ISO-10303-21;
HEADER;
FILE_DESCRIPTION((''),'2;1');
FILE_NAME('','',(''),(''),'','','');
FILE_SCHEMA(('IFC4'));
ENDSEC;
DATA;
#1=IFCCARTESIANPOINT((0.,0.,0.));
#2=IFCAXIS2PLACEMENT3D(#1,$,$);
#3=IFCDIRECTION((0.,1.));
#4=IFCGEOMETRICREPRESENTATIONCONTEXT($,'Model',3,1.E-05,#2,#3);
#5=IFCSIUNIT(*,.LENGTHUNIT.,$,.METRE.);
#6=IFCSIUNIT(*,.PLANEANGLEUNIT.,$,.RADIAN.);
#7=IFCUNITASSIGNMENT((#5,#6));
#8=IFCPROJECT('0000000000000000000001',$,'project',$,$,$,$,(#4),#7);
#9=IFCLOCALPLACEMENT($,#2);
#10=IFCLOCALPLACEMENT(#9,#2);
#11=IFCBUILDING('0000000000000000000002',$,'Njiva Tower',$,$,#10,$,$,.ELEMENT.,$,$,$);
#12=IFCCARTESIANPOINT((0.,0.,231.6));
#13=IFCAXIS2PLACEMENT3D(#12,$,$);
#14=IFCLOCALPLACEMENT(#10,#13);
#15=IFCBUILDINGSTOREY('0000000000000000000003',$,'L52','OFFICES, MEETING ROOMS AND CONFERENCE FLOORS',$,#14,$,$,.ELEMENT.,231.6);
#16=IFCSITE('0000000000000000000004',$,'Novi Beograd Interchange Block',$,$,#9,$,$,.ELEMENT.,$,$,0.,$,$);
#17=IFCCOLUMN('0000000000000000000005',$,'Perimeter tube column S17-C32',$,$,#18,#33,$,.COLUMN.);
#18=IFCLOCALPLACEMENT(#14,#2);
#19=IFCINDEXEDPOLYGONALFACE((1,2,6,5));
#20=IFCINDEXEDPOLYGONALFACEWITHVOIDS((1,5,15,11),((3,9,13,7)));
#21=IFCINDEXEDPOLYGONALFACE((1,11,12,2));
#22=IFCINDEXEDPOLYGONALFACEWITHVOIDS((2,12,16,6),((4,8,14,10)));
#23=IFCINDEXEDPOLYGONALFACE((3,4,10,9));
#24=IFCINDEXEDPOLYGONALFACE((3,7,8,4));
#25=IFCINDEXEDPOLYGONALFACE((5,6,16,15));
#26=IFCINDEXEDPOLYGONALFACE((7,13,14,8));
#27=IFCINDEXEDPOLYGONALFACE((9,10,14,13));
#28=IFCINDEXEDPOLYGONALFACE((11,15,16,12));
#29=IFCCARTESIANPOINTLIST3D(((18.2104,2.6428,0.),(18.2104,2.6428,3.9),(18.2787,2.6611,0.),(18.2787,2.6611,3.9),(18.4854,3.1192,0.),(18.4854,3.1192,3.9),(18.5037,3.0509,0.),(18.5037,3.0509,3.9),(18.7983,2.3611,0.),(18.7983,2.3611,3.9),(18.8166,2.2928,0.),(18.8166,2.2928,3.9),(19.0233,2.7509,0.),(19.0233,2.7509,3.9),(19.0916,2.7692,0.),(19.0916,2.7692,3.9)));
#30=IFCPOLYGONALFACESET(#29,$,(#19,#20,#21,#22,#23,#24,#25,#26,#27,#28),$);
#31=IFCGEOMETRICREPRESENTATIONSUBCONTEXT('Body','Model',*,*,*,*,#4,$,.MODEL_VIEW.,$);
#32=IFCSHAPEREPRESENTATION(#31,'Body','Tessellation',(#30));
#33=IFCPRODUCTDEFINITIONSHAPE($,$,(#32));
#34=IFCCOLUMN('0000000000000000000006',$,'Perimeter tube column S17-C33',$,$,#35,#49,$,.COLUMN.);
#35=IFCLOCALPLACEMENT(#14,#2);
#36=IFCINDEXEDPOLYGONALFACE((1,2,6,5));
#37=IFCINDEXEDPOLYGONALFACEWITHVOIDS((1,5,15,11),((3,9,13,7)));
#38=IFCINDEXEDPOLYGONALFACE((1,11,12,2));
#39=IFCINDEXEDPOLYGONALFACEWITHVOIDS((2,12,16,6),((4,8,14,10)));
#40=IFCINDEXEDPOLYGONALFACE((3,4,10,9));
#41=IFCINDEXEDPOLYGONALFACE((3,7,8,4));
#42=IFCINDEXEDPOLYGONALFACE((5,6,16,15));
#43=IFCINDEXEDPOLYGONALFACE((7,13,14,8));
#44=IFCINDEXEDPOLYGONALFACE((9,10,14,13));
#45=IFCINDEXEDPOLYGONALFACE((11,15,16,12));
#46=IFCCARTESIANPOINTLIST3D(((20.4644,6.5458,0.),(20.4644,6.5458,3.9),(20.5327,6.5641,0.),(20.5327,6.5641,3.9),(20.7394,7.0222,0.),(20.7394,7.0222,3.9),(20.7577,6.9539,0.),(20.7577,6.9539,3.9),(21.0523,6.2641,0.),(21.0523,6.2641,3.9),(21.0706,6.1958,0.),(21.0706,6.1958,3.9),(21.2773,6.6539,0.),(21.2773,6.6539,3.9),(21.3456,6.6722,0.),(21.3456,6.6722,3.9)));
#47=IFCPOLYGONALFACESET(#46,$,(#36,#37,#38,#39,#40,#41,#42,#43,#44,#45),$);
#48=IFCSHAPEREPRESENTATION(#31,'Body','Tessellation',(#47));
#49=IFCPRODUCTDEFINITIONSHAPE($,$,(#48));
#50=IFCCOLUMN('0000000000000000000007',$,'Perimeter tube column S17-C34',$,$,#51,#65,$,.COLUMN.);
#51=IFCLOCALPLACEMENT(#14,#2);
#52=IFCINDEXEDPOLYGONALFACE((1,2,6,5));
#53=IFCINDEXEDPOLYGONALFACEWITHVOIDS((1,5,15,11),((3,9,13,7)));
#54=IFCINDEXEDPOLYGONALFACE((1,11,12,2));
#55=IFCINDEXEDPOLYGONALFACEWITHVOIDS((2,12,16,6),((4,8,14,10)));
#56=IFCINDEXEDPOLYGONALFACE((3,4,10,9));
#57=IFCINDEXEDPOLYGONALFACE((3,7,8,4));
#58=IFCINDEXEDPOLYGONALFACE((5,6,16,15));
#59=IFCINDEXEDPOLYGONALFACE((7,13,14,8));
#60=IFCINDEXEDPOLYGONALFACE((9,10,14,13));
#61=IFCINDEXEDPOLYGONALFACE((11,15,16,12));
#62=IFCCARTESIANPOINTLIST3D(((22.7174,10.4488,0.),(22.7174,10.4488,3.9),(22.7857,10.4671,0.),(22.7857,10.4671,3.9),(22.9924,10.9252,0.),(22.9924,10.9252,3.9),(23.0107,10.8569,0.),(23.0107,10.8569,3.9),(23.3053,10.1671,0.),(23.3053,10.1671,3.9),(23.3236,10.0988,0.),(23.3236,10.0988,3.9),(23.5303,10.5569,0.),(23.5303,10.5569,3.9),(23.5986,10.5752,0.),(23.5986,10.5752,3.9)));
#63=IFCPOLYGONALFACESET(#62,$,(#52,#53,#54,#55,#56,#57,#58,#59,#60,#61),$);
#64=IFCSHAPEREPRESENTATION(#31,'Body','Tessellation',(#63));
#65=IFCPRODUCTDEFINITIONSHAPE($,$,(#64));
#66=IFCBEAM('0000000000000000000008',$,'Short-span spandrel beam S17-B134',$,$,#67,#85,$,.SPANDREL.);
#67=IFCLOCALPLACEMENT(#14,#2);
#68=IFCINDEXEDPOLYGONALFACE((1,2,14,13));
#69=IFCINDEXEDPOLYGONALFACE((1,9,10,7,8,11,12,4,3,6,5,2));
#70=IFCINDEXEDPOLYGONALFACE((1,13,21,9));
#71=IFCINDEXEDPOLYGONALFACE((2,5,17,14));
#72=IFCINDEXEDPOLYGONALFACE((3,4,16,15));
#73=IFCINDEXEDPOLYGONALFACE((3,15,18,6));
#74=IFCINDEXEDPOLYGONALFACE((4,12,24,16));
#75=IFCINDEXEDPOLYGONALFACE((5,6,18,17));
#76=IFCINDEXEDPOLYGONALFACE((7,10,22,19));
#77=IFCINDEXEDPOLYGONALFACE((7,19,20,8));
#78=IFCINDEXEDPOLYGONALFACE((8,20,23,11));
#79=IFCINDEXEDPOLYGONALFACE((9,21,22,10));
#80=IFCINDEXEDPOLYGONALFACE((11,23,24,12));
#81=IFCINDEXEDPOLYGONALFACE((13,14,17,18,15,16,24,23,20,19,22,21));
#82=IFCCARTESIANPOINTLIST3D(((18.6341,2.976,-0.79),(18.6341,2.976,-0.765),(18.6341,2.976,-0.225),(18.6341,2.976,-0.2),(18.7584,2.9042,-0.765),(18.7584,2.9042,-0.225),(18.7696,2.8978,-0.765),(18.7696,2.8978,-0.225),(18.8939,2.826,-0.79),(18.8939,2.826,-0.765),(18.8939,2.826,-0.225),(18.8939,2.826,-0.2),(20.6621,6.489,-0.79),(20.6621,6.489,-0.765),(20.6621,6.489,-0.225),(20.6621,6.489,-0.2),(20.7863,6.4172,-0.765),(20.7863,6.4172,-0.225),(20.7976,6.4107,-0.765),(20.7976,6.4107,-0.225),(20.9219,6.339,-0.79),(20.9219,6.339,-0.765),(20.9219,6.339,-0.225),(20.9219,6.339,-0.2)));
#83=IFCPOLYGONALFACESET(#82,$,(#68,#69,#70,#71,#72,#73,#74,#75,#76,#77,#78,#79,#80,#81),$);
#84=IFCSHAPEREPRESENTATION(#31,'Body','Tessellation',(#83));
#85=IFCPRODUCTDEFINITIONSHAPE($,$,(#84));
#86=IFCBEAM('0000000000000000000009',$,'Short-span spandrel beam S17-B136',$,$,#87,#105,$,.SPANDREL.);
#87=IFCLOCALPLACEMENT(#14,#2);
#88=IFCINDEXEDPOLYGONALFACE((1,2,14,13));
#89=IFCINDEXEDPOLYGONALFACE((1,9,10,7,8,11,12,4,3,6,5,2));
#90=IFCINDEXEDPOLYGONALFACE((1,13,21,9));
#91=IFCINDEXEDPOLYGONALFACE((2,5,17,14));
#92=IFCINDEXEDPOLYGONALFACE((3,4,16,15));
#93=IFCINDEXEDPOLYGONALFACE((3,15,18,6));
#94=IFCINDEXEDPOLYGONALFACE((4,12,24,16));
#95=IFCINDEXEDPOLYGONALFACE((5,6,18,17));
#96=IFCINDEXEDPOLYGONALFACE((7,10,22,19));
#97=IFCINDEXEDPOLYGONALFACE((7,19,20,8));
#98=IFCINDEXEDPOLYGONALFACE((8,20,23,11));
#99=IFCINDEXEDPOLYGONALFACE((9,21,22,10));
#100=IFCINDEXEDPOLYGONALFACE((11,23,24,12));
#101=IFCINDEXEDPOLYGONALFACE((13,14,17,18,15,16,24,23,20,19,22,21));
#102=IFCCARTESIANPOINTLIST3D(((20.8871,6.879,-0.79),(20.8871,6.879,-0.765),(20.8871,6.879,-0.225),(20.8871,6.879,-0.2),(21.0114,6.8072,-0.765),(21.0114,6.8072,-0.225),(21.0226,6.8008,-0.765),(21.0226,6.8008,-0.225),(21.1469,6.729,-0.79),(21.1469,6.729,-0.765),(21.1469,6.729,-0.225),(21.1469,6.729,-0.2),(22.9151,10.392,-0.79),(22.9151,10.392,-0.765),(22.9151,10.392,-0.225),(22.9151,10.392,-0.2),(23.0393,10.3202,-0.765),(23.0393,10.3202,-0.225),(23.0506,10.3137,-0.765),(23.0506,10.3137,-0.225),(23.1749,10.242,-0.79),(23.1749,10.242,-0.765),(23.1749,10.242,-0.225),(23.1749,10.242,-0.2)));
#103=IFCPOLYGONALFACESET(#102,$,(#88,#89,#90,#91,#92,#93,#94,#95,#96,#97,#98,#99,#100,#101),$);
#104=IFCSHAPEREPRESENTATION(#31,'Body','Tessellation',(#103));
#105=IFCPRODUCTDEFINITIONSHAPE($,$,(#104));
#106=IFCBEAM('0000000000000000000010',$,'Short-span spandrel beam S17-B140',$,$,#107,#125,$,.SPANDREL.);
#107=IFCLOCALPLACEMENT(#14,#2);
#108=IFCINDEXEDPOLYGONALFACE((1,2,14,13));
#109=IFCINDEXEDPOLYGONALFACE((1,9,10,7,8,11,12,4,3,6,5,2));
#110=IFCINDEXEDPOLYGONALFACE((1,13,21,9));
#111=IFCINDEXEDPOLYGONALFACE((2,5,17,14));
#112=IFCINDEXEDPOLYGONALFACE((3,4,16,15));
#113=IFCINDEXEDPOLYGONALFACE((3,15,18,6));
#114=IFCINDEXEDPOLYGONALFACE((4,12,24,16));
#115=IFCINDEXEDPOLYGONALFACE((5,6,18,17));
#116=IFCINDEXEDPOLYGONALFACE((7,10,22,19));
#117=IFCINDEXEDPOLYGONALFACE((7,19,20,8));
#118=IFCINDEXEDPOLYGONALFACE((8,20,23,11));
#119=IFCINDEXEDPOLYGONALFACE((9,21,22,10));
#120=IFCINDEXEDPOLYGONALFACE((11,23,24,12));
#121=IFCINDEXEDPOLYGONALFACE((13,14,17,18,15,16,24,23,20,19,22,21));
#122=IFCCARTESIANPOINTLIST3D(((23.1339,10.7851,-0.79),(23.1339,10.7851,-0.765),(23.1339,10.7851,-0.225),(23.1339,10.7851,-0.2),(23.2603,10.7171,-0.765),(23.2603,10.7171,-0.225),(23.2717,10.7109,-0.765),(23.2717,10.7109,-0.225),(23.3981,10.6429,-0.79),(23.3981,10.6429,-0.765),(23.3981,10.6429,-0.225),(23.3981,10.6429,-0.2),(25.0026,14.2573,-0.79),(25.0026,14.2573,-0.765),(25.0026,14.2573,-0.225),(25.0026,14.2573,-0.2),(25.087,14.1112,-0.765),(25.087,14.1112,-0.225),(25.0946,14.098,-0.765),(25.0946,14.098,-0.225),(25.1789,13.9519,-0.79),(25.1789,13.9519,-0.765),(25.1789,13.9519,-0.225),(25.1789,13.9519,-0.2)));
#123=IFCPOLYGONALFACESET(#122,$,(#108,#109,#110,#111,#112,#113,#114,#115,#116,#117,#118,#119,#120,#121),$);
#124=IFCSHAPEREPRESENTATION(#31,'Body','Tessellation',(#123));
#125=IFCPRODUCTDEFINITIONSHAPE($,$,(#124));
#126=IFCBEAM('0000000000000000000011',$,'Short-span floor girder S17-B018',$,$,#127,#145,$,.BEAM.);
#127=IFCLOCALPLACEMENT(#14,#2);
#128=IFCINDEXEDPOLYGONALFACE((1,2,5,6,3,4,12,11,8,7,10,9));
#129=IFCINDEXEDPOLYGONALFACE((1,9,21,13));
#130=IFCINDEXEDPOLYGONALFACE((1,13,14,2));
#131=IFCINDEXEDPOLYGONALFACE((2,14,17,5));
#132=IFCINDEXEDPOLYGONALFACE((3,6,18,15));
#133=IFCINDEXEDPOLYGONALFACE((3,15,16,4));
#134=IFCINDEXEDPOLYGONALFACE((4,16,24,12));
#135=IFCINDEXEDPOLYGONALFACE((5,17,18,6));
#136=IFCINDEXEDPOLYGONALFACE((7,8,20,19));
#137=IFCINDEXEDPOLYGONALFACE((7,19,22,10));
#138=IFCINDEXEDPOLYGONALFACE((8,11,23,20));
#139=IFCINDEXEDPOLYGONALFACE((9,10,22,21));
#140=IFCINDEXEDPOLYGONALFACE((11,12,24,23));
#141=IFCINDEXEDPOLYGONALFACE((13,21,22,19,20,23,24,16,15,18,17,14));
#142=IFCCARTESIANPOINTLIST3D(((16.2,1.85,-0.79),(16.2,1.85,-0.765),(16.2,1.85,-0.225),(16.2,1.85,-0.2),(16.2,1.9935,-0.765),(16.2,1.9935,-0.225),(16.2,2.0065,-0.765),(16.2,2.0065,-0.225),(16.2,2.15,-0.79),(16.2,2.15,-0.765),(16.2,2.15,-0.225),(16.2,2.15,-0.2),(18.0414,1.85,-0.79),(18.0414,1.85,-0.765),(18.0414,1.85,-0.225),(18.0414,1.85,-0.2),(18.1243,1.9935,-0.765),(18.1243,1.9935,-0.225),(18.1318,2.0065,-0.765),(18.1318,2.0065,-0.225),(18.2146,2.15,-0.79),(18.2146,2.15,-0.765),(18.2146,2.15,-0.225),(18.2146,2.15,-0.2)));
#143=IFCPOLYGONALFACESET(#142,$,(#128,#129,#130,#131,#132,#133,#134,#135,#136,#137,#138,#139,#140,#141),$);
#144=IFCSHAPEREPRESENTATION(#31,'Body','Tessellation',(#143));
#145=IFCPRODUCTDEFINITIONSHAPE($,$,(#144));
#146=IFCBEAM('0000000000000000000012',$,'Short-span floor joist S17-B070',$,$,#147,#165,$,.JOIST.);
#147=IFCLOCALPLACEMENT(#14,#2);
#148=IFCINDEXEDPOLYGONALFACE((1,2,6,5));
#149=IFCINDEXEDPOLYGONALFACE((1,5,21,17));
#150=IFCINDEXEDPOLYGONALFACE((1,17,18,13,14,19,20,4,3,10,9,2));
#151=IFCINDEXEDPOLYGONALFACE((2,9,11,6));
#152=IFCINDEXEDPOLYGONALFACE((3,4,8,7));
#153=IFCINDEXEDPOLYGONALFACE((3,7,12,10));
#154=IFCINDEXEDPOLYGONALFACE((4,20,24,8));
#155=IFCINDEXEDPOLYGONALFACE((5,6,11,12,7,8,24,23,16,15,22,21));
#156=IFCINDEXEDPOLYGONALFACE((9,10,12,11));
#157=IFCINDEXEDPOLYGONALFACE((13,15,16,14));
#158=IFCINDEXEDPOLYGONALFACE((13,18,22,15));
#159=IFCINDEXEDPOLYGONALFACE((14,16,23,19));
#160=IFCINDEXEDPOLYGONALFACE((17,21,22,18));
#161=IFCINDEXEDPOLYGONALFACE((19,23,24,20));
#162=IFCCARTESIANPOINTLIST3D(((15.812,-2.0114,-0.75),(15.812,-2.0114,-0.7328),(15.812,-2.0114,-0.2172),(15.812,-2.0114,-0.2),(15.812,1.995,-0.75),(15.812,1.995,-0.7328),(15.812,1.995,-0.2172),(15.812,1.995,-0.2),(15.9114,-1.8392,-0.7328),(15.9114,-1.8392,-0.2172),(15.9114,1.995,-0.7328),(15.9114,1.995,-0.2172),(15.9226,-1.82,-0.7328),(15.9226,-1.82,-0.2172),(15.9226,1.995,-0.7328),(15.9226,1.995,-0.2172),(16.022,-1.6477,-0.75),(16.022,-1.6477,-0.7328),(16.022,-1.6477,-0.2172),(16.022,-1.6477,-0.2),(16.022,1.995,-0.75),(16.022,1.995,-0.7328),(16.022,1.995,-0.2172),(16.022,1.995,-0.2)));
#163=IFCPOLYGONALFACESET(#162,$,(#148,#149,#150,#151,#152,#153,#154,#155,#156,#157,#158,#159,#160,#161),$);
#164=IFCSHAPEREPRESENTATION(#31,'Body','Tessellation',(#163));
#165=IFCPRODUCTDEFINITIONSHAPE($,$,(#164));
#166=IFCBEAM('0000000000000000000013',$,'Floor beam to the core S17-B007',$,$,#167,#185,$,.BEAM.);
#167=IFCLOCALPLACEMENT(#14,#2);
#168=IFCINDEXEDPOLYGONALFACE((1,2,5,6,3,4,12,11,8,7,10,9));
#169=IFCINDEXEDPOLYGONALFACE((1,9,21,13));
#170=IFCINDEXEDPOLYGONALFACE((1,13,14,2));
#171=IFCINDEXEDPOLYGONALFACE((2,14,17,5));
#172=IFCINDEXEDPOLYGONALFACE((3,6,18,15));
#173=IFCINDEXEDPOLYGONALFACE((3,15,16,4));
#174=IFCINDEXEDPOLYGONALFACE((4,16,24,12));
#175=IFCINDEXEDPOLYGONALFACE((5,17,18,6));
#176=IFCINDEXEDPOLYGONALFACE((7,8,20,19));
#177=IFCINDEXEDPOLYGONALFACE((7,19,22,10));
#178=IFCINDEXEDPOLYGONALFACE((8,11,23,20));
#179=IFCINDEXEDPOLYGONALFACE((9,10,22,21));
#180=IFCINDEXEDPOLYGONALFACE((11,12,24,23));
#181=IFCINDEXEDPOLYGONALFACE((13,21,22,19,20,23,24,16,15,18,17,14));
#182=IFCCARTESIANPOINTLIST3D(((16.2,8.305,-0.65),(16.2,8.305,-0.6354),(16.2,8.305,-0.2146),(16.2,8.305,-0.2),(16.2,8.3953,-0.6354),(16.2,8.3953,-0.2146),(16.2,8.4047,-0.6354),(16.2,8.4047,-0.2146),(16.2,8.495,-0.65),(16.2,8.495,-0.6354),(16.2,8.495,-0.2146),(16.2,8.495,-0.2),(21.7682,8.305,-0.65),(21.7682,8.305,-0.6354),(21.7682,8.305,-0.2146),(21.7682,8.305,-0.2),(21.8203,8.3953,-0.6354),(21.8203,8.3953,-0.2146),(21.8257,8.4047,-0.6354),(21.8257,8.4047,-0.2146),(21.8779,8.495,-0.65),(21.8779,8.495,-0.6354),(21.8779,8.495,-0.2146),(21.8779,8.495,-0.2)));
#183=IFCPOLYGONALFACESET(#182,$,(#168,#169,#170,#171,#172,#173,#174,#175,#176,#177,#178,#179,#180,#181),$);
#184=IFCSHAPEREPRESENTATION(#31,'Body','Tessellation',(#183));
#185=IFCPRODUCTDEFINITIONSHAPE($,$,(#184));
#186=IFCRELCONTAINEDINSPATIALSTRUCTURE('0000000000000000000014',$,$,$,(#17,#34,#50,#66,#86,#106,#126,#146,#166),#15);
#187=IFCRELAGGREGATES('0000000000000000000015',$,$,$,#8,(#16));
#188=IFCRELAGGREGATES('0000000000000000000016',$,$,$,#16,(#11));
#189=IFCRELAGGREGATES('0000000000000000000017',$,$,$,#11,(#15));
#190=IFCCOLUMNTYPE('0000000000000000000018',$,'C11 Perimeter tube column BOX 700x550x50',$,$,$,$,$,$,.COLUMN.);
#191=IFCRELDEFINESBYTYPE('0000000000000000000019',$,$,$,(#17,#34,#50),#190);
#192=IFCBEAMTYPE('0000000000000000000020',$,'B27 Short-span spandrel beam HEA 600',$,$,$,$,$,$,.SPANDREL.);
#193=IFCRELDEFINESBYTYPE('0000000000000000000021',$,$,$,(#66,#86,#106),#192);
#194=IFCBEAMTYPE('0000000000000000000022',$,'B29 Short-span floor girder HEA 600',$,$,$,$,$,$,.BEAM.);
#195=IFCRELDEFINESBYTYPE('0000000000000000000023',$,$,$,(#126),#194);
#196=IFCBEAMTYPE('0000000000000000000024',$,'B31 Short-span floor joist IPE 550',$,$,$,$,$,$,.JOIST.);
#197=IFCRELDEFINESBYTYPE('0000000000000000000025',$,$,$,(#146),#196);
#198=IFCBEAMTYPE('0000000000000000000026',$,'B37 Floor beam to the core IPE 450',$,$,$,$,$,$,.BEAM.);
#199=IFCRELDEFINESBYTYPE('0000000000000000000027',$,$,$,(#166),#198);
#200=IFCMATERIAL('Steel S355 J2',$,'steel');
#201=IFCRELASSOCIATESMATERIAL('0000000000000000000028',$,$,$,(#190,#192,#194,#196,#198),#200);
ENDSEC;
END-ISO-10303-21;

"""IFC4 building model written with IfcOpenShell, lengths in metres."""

from ifc_helpers import new_model, si_unit, direction, frame, origin, origin_2d, place, context, subcontext, project, spatial, hollow_rectangle, i_section, extrude, clip, halfspace, material, material_profile, profile_set, type_object, element, save


model = new_model("IFC4")

# Units and contexts
model_context = context("Model", 3, precision=1e-05, world=origin(), true_north=direction((0.0, 1.0)))
body_context = subcontext(model_context, "Body", "Model", "MODEL_VIEW")
ifc_project = project(units=[si_unit("LENGTHUNIT", "METRE"), si_unit("PLANEANGLEUNIT", "RADIAN")], contexts=[model_context])

# Site, building, storey
site_placement = place(None, origin())
site = spatial("IfcSite", under=ifc_project, at=site_placement, Name="Novi Beograd Interchange Block", CompositionType="ELEMENT", RefElevation=0.0)
building_placement = place(site_placement, origin())
building = spatial("IfcBuilding", under=site, at=building_placement, Name="Njiva Tower", CompositionType="ELEMENT")
storey_placement = place(building_placement, frame((0.0, 0.0, 231.6)))
storey = spatial("IfcBuildingStorey", under=building, at=storey_placement, Name="L52", Description="OFFICES, MEETING ROOMS AND CONFERENCE FLOORS", CompositionType="ELEMENT", Elevation=231.6)

# Columns
ifc_material_1 = material(Name="Steel S355 J2", Category="steel")
ifc_material_profile_1 = material_profile(ifc_material_1, hollow_rectangle(XDim=0.55, YDim=0.7, WallThickness=0.05, at=origin_2d()), Name="BOX 700x550x50")
ifc_profile_set_1 = profile_set([ifc_material_profile_1], Name="Steel S355 J2")
column_type = type_object("IfcColumnType", Name="C11 Perimeter tube column BOX 700x550x50", PredefinedType="COLUMN", material=ifc_profile_set_1)
for number, where, z_axis, x_axis, name in (
    (1, (18.651, 2.706, 0.0), (0.0, 0.0, 1.0), (0.5, 0.866025, 0.0), "Perimeter tube column S17-C32"),
    (2, (20.905, 6.609, 0.0), (0.0, 0.0, 1.0), (0.5, 0.866025, 0.0), "Perimeter tube column S17-C33"),
    (3, (23.158, 10.512, 0.0), (0.0, 0.0, 1.0), (0.5, 0.866025, 0.0), "Perimeter tube column S17-C34"),
):
    element("IfcColumn", number, at=place(storey_placement, frame(where, z_axis=z_axis, x_axis=x_axis)), inside=storey, type_object=column_type, Name=name, PredefinedType="COLUMN", context=body_context, shape_type="SweptSolid", body=[
        extrude(hollow_rectangle(XDim=0.55, YDim=0.7, WallThickness=0.05, at=origin_2d()), origin(), (0.0, 0.0, 1.0), 3.9),
    ])

# Beams
ifc_material_profile_2 = material_profile(ifc_material_1, i_section(OverallWidth=0.3, OverallDepth=0.59, WebThickness=0.013, FlangeThickness=0.025, at=origin_2d()), Name="HEA 600")
ifc_profile_set_2 = profile_set([ifc_material_profile_2], Name="Steel S355 J2")
beam_type_1 = type_object("IfcBeamType", Name="B27 Short-span spandrel beam HEA 600", PredefinedType="SPANDREL", material=ifc_profile_set_2)
for number, where, z_axis, x_axis, name in (
    (4, (18.764, 2.901, -0.495), (0.499957, 0.86605, 0.0), (-0.86605, 0.499957, 0.0), "Short-span spandrel beam S17-B134"),
    (5, (21.017, 6.804, -0.495), (0.499957, 0.86605, 0.0), (-0.86605, 0.499957, 0.0), "Short-span spandrel beam S17-B136"),
):
    element("IfcBeam", number, at=place(storey_placement, frame(where, z_axis=z_axis, x_axis=x_axis)), inside=storey, type_object=beam_type_1, Name=name, PredefinedType="SPANDREL", context=body_context, shape_type="SweptSolid", body=[
        extrude(i_section(OverallWidth=0.3, OverallDepth=0.59, WebThickness=0.013, FlangeThickness=0.025, at=origin_2d()), origin(), (0.0, 0.0, 1.0), 4.0563),
    ])
beam_1_placement = place(storey_placement, frame((23.266, 10.714, -0.495), z_axis=(0.473914, 0.880571, 0.0), x_axis=(-0.880571, 0.473914, 0.0)))
element("IfcBeam", 6, at=beam_1_placement, inside=storey, type_object=beam_type_1, Name="Short-span spandrel beam S17-B140", PredefinedType="SPANDREL", context=body_context, shape_type="Clipping", body=[
    clip(extrude(i_section(OverallWidth=0.3, OverallDepth=0.59, WebThickness=0.013, FlangeThickness=0.025, at=origin_2d()), origin(), (0.0, 0.0, 1.0), 3.9639), halfspace(frame((-0.0261, 0.0, 3.8343), z_axis=(-0.525642, 0.0, 0.850706), x_axis=(0.0, 1.0, 0.0)), False)),
])
ifc_material_profile_3 = material_profile(ifc_material_1, i_section(OverallWidth=0.3, OverallDepth=0.59, WebThickness=0.013, FlangeThickness=0.025, at=origin_2d()), Name="HEA 600")
ifc_profile_set_3 = profile_set([ifc_material_profile_3], Name="Steel S355 J2")
beam_type_2 = type_object("IfcBeamType", Name="B29 Short-span floor girder HEA 600", PredefinedType="BEAM", material=ifc_profile_set_3)
beam_2_placement = place(storey_placement, frame((16.2, 2.0, -0.495), z_axis=(1.0, 0.0, 0.0), x_axis=(0.0, 1.0, 0.0)))
element("IfcBeam", 7, at=beam_2_placement, inside=storey, type_object=beam_type_2, Name="Short-span floor girder S17-B018", PredefinedType="BEAM", context=body_context, shape_type="Clipping", body=[
    clip(extrude(i_section(OverallWidth=0.3, OverallDepth=0.59, WebThickness=0.013, FlangeThickness=0.025, at=origin_2d()), origin(), (0.0, 0.0, 1.0), 2.035), halfspace(frame((-0.025, 0.0, 1.9136), z_axis=(-0.499998, 0.0, 0.866027), x_axis=(0.0, 1.0, 0.0)), False)),
])
ifc_material_profile_4 = material_profile(ifc_material_1, i_section(OverallWidth=0.21, OverallDepth=0.55, WebThickness=0.0111, FlangeThickness=0.0172, at=origin_2d()), Name="IPE 550")
ifc_profile_set_4 = profile_set([ifc_material_profile_4], Name="Steel S355 J2")
beam_type_3 = type_object("IfcBeamType", Name="B31 Short-span floor joist IPE 550", PredefinedType="JOIST", material=ifc_profile_set_4)
beam_3_placement = place(storey_placement, frame((15.917, 1.995, -0.475), z_axis=(0.0, -1.0, 0.0), x_axis=(1.0, 0.0, 0.0)))
element("IfcBeam", 8, at=beam_3_placement, inside=storey, type_object=beam_type_3, Name="Short-span floor joist S17-B070", PredefinedType="JOIST", context=body_context, shape_type="Clipping", body=[
    clip(extrude(i_section(OverallWidth=0.21, OverallDepth=0.55, WebThickness=0.0111, FlangeThickness=0.0172, at=origin_2d()), origin(), (0.0, 0.0, 1.0), 4.027), halfspace(frame((0.043, 0.0, 3.7501), z_axis=(0.866027, 0.0, 0.499998), x_axis=(0.0, 1.0, 0.0)), False)),
])
ifc_material_profile_5 = material_profile(ifc_material_1, i_section(OverallWidth=0.19, OverallDepth=0.45, WebThickness=0.0094, FlangeThickness=0.0146, at=origin_2d()), Name="IPE 450")
ifc_profile_set_5 = profile_set([ifc_material_profile_5], Name="Steel S355 J2")
beam_type_4 = type_object("IfcBeamType", Name="B37 Floor beam to the core IPE 450", PredefinedType="BEAM", material=ifc_profile_set_5)
beam_4_placement = place(storey_placement, frame((16.2, 8.4, -0.425), z_axis=(1.0, 0.0, 0.0), x_axis=(0.0, 1.0, 0.0)))
element("IfcBeam", 9, at=beam_4_placement, inside=storey, type_object=beam_type_4, Name="Floor beam to the core S17-B007", PredefinedType="BEAM", context=body_context, shape_type="Clipping", body=[
    clip(extrude(i_section(OverallWidth=0.19, OverallDepth=0.45, WebThickness=0.0094, FlangeThickness=0.0146, at=origin_2d()), origin(), (0.0, 0.0, 1.0), 5.698), halfspace(frame((-0.025, 0.0, 5.6086), z_axis=(-0.499998, 0.0, 0.866027), x_axis=(0.0, 1.0, 0.0)), False)),
])

save(model, "model.ifc")
